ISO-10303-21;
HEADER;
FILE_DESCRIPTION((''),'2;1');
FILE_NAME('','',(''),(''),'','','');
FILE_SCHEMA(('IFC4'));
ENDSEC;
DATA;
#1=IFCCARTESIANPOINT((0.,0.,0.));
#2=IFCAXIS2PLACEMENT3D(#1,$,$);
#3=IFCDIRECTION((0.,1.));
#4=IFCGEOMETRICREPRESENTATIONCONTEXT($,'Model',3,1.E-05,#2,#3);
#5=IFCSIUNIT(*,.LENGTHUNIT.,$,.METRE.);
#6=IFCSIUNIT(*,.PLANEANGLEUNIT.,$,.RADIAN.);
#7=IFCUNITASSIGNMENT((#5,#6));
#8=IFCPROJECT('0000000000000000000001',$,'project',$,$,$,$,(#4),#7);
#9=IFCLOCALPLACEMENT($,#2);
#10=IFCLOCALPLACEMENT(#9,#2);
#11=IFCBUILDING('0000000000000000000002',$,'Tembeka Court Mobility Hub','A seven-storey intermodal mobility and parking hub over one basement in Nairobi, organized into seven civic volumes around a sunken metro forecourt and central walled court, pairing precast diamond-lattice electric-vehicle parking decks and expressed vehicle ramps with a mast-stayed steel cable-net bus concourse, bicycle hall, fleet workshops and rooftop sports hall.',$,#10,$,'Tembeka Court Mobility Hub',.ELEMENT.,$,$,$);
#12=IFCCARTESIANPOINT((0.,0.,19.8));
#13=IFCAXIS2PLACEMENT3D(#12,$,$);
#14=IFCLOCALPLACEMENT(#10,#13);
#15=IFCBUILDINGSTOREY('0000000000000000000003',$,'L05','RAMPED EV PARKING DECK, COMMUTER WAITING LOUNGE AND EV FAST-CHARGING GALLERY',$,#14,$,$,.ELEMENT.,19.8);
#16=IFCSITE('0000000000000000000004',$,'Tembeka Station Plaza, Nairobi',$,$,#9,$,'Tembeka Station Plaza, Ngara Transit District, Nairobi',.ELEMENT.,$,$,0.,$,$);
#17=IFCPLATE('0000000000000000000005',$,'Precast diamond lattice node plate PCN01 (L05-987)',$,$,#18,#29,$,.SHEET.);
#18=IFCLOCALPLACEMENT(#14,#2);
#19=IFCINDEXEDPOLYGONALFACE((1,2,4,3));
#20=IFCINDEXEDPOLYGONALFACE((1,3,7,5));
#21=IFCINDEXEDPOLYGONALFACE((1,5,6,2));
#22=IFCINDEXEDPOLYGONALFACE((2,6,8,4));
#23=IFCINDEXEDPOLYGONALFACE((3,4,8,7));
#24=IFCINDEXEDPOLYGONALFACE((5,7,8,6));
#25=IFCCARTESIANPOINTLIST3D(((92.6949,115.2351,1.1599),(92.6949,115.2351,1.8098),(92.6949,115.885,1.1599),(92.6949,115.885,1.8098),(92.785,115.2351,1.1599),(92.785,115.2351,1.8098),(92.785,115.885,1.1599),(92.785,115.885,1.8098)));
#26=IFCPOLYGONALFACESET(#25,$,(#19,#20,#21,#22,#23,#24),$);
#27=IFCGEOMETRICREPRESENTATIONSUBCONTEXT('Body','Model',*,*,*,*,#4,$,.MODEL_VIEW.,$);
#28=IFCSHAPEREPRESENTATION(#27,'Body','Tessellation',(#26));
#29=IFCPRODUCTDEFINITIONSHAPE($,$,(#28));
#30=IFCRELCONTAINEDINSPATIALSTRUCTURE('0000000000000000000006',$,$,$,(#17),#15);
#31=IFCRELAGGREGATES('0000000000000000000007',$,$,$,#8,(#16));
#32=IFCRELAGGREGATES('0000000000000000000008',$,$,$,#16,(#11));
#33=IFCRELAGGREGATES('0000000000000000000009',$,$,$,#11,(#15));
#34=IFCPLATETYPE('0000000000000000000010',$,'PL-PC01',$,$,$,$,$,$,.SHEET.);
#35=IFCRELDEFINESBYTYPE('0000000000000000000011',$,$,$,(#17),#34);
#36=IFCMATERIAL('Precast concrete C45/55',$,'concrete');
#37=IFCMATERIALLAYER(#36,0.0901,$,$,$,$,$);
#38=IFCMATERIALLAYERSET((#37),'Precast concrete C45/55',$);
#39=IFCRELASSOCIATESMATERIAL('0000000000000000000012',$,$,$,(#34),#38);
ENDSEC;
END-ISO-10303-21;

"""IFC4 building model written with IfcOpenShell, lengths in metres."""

from ifc_helpers import new_model, si_unit, direction, frame, origin, origin_2d, place, context, subcontext, project, spatial, rectangle, extrude, material, layer, layer_set, type_object, element, save


model = new_model("IFC4")

# Units and contexts
model_context = context("Model", 3, precision=1e-05, world=origin(), true_north=direction((0.0, 1.0)))
body_context = subcontext(model_context, "Body", "Model", "MODEL_VIEW")
ifc_project = project(units=[si_unit("LENGTHUNIT", "METRE"), si_unit("PLANEANGLEUNIT", "RADIAN")], contexts=[model_context])

# Site, building, storey
site_placement = place(None, origin())
site = spatial("IfcSite", under=ifc_project, at=site_placement, Name="Tembeka Station Plaza, Nairobi", LongName="Tembeka Station Plaza, Ngara Transit District, Nairobi", CompositionType="ELEMENT", RefElevation=0.0)
building_placement = place(site_placement, origin())
building = spatial("IfcBuilding", under=site, at=building_placement, Name="Tembeka Court Mobility Hub", Description="A seven-storey intermodal mobility and parking hub over one basement in Nairobi, organized into seven civic volumes around a sunken metro forecourt and central walled court, pairing precast diamond-lattice electric-vehicle parking decks and expressed vehicle ramps with a mast-stayed steel cable-net bus concourse, bicycle hall, fleet workshops and rooftop sports hall.", LongName="Tembeka Court Mobility Hub", CompositionType="ELEMENT")
storey_placement = place(building_placement, frame((0.0, 0.0, 19.8)))
storey = spatial("IfcBuildingStorey", under=building, at=storey_placement, Name="L05", Description="RAMPED EV PARKING DECK, COMMUTER WAITING LOUNGE AND EV FAST-CHARGING GALLERY", CompositionType="ELEMENT", Elevation=19.8)

# Shared definitions
ifc_material_1 = material(Name="Precast concrete C45/55", Category="concrete")

# Plate
ifc_layer = layer(ifc_material_1, 0.0901)
ifc_layer_set = layer_set([ifc_layer], Name="Precast concrete C45/55")
plate_type = type_object("IfcPlateType", Name="PL-PC01", PredefinedType="SHEET", material=ifc_layer_set)
for number, where, z_axis, x_axis, name in (
    (1, (92.74, 115.5601, 1.1599), (0.0, 0.0, 1.0), (1.0, 0.0, 0.0), "Precast diamond lattice node plate PCN01 (L05-987)"),
):
    element("IfcPlate", number, at=place(storey_placement, frame(where, z_axis=z_axis, x_axis=x_axis)), inside=storey, type_object=plate_type, Name=name, PredefinedType="SHEET", context=body_context, shape_type="SweptSolid", body=[
        extrude(rectangle(XDim=0.0901, YDim=0.6499, at=origin_2d()), origin(), (0.0, 0.0, 1.0), 0.6499),
    ])

save(model, "model.ifc")
